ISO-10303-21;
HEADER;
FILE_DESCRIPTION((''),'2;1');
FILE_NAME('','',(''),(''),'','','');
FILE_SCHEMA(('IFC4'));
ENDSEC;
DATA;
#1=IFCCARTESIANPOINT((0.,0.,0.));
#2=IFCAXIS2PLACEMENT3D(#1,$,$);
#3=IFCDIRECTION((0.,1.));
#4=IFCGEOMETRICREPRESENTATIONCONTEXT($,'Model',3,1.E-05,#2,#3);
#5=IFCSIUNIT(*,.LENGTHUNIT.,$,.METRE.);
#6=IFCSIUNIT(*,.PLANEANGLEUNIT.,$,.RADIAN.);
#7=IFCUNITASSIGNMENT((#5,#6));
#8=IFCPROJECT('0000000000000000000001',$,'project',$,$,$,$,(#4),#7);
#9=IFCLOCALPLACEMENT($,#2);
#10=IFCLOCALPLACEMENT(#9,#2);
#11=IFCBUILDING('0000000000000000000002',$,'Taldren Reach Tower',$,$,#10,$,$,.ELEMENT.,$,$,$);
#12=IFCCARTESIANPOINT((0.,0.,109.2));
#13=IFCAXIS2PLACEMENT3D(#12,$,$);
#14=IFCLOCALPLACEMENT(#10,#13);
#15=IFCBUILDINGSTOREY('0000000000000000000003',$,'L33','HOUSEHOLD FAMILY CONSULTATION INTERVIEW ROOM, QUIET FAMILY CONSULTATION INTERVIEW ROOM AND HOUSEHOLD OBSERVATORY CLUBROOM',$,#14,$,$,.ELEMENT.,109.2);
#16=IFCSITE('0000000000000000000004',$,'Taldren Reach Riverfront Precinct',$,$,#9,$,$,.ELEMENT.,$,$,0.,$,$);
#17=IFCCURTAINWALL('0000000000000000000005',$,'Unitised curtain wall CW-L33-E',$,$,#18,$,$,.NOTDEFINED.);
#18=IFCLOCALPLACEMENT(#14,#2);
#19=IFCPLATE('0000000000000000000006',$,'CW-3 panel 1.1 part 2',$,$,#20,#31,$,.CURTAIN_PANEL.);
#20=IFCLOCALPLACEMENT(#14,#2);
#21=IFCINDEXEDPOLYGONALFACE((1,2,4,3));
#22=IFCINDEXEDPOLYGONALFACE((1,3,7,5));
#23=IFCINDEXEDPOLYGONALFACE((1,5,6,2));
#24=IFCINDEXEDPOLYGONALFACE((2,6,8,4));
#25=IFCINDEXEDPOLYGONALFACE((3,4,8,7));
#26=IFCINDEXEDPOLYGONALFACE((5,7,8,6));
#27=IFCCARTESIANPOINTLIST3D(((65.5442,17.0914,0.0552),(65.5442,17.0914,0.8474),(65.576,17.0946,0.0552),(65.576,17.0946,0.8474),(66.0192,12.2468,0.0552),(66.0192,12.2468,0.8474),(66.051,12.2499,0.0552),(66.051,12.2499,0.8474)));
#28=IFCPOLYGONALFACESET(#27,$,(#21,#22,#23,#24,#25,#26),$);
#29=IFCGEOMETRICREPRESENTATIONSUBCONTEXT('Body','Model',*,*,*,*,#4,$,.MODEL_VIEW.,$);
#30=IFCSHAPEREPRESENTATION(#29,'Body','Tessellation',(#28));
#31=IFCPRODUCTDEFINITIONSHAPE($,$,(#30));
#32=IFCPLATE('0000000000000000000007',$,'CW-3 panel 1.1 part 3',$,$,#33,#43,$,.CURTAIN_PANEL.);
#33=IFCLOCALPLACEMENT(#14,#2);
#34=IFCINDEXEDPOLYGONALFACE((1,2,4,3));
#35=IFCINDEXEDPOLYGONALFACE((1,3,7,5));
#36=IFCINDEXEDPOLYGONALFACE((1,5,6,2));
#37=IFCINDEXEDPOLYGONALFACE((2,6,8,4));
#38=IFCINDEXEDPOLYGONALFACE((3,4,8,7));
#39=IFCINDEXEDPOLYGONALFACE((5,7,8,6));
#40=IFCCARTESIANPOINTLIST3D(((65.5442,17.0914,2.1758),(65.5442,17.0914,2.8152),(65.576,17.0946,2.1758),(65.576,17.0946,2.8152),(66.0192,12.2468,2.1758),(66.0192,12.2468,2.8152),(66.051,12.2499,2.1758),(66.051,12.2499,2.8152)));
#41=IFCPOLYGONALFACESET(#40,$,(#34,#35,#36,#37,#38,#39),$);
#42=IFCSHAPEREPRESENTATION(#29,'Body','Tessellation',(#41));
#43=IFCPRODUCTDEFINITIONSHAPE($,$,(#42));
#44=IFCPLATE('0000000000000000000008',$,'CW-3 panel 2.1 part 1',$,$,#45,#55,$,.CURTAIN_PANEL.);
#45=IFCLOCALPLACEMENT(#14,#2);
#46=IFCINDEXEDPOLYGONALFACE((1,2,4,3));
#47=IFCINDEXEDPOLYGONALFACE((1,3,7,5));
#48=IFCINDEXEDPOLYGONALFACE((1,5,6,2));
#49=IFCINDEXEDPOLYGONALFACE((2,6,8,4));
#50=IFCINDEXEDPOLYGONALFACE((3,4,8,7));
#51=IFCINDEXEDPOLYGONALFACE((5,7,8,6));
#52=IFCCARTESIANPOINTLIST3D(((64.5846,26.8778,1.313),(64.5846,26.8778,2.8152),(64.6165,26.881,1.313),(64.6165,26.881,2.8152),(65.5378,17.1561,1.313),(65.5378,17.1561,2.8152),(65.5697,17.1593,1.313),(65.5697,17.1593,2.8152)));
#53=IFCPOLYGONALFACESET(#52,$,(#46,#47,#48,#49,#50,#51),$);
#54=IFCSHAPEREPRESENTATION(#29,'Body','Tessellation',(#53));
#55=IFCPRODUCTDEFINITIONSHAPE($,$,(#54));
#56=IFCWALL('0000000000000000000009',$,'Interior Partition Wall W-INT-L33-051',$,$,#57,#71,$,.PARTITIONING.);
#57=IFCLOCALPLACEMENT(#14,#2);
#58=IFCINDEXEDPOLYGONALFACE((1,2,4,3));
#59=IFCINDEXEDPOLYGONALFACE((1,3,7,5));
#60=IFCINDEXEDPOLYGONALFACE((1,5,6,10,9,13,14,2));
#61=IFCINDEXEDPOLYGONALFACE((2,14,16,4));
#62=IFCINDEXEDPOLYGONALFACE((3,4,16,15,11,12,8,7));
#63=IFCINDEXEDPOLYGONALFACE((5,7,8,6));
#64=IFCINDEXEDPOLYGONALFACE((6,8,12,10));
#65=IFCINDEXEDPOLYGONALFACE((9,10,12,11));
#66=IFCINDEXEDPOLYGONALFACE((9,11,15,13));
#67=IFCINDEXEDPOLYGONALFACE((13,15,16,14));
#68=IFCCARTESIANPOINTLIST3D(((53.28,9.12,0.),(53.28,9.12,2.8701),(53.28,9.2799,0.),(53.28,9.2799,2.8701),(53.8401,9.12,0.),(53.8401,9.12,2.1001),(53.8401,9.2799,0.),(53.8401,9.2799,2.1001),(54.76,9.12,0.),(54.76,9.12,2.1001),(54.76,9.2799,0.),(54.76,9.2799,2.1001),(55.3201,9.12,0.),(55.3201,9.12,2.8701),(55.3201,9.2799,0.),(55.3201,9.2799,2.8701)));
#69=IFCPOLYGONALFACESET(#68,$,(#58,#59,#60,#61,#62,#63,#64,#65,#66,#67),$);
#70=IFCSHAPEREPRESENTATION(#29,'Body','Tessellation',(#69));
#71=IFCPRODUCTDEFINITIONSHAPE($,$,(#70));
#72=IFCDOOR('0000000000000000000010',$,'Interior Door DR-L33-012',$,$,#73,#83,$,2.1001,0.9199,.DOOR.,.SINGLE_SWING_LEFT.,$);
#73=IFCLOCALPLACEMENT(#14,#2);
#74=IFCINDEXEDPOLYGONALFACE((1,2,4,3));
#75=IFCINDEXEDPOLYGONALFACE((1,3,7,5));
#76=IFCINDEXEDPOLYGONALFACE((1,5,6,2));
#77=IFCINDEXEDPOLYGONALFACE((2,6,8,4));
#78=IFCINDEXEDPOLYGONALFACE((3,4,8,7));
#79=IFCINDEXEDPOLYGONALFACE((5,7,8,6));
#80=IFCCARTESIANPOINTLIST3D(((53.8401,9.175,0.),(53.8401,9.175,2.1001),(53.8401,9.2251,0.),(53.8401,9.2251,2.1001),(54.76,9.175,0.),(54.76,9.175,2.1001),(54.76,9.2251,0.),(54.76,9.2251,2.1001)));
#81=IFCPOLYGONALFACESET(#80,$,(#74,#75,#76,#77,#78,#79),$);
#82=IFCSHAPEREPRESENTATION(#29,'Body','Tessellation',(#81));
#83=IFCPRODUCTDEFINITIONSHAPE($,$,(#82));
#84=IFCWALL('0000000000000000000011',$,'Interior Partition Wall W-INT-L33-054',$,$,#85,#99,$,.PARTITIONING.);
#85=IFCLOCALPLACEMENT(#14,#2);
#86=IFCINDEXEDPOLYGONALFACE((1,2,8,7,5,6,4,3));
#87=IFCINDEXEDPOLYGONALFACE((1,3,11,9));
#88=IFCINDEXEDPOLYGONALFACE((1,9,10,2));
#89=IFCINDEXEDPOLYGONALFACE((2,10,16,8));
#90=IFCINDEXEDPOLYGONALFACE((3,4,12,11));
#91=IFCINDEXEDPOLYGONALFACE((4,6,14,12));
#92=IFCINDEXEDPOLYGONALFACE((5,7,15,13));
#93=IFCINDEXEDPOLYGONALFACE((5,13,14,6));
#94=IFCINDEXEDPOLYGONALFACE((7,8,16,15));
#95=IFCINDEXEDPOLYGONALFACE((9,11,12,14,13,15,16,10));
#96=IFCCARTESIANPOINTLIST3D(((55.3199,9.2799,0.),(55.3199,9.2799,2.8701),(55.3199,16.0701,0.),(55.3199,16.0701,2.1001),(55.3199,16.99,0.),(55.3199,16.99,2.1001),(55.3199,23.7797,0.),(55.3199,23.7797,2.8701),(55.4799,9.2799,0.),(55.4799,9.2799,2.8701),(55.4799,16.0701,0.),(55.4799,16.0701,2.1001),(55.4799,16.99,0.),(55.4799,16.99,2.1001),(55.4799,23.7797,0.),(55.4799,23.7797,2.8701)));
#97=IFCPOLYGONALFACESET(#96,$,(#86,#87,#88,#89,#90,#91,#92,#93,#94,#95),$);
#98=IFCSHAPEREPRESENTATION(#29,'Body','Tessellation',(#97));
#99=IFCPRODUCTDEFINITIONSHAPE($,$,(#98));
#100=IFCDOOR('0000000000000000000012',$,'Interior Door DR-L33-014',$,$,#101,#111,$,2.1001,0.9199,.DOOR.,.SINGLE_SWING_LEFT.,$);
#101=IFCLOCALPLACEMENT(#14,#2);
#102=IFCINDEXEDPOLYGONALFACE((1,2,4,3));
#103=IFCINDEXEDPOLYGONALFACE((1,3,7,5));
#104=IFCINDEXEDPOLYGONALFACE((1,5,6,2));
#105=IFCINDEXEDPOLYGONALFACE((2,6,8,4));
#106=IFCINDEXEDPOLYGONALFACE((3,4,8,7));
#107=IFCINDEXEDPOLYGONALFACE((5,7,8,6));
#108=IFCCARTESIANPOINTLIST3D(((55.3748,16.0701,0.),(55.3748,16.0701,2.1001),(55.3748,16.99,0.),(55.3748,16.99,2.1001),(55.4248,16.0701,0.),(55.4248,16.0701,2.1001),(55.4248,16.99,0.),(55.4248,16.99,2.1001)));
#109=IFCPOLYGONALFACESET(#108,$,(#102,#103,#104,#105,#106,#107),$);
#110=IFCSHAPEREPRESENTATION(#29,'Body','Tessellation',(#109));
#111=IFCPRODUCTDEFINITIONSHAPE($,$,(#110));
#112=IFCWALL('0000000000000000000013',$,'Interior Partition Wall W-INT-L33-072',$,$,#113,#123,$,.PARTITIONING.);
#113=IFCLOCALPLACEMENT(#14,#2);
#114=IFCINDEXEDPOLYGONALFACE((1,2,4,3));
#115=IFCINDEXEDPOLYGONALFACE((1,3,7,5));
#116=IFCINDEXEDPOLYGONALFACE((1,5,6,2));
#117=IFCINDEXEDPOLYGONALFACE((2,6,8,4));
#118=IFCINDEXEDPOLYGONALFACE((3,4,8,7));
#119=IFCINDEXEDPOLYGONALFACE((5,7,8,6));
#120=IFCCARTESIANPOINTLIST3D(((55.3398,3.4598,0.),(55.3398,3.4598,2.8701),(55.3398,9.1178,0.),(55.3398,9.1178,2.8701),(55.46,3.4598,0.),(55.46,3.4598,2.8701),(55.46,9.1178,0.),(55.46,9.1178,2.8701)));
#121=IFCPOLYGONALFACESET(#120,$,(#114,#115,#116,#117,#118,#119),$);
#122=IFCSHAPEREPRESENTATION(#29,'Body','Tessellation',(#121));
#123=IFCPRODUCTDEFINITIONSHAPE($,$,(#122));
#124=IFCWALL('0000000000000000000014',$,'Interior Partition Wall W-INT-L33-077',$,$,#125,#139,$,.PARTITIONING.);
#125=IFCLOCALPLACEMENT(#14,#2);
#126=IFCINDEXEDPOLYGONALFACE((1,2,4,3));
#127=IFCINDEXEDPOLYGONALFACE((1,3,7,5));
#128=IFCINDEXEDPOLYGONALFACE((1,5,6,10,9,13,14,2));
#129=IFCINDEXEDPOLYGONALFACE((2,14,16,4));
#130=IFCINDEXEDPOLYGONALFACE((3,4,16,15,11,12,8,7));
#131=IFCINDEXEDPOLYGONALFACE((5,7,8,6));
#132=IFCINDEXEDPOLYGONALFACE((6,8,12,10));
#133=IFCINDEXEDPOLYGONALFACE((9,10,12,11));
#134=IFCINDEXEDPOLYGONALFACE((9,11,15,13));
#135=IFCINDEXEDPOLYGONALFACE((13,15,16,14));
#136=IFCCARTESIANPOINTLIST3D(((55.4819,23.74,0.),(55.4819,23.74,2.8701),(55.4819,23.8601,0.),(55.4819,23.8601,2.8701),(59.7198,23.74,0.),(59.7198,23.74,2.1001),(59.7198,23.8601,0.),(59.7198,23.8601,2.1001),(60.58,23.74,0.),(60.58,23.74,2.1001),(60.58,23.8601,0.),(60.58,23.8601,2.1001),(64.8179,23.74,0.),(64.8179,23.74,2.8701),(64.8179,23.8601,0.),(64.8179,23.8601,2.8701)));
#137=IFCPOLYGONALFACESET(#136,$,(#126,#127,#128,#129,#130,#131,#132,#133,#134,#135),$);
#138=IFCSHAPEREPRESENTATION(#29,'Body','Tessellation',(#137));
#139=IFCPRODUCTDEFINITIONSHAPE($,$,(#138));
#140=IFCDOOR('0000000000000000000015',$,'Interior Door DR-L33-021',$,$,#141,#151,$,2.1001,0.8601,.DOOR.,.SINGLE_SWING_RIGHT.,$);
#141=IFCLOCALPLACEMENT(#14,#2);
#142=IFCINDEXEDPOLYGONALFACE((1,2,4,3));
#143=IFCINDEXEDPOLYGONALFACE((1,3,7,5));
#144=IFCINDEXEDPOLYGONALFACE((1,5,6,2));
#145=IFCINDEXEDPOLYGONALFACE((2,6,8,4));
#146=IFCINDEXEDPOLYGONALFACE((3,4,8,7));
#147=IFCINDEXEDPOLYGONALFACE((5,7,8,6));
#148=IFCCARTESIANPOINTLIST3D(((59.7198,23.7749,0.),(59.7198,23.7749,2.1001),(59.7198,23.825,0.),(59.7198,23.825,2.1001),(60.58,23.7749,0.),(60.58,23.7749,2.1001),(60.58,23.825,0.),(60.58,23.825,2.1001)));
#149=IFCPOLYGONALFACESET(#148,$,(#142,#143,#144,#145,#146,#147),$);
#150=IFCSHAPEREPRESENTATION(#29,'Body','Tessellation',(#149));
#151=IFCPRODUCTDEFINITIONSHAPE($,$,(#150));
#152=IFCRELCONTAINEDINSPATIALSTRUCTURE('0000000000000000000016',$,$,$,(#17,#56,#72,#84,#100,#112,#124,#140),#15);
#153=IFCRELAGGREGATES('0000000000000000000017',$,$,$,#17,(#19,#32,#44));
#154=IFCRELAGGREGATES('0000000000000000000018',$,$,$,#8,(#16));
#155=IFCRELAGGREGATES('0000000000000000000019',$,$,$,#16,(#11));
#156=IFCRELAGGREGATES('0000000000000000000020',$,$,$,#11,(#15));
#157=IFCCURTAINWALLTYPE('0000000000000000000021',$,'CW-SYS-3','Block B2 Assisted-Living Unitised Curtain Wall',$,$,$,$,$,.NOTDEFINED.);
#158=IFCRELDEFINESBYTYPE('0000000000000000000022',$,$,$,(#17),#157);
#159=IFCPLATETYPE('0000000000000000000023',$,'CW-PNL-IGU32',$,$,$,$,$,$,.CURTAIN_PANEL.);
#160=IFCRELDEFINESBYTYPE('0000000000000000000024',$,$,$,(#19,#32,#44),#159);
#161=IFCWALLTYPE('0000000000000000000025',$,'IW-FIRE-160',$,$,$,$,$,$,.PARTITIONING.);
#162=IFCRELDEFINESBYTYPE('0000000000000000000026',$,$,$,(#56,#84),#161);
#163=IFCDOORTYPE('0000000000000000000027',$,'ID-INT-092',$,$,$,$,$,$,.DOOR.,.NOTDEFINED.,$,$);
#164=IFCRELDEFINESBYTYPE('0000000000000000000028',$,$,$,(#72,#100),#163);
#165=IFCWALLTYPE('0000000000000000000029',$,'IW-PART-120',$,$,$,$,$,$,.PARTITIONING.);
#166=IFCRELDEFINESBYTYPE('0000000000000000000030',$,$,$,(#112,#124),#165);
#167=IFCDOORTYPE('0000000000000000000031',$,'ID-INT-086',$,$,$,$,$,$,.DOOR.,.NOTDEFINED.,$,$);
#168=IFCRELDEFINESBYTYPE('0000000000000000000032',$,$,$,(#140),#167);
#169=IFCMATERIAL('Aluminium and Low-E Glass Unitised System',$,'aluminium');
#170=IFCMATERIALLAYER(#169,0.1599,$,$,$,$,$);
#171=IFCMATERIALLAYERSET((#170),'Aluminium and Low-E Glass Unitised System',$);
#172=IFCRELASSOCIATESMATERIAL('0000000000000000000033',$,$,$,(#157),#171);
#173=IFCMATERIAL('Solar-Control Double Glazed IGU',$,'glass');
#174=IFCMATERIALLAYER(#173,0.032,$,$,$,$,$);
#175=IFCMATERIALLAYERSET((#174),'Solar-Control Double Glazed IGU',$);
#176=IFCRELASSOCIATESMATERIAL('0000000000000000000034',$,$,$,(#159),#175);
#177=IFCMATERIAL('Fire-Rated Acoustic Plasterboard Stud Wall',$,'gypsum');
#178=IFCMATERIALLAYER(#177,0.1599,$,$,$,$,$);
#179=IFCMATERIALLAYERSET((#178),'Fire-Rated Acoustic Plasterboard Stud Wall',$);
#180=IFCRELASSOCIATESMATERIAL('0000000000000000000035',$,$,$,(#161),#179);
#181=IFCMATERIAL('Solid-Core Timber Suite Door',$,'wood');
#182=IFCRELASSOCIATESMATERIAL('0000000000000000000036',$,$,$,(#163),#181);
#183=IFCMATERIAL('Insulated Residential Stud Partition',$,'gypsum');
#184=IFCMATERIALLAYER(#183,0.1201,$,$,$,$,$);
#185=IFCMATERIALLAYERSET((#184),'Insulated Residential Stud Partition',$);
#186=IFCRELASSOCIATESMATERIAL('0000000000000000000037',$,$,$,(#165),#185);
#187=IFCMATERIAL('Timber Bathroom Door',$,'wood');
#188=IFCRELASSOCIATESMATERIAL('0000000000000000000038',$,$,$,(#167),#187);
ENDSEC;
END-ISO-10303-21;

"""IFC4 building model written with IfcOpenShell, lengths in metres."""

from ifc_helpers import new_model, si_unit, direction, frame, frame_2d, origin, origin_2d, place, context, subcontext, project, spatial, rectangle, extrude, source, transform, mapped, material, layer, layer_set, type_object, element, fill, aggregate, save


model = new_model("IFC4")

# Units and contexts
model_context = context("Model", 3, precision=1e-05, world=origin(), true_north=direction((0.0, 1.0)))
body_context = subcontext(model_context, "Body", "Model", "MODEL_VIEW")
ifc_project = project(units=[si_unit("LENGTHUNIT", "METRE"), si_unit("PLANEANGLEUNIT", "RADIAN")], contexts=[model_context])

# Site, building, storey
site_placement = place(None, origin())
site = spatial("IfcSite", under=ifc_project, at=site_placement, Name="Taldren Reach Riverfront Precinct", CompositionType="ELEMENT", RefElevation=0.0)
building_placement = place(site_placement, origin())
building = spatial("IfcBuilding", under=site, at=building_placement, Name="Taldren Reach Tower", CompositionType="ELEMENT")
storey_placement = place(building_placement, frame((0.0, 0.0, 109.2)))
storey = spatial("IfcBuildingStorey", under=building, at=storey_placement, Name="L33", Description="HOUSEHOLD FAMILY CONSULTATION INTERVIEW ROOM, QUIET FAMILY CONSULTATION INTERVIEW ROOM AND HOUSEHOLD OBSERVATORY CLUBROOM", CompositionType="ELEMENT", Elevation=109.2)

# Curtain wall
ifc_material_1 = material(Name="Aluminium and Low-E Glass Unitised System", Category="aluminium")
ifc_layer_1 = layer(ifc_material_1, 0.1599)
ifc_layer_set_1 = layer_set([ifc_layer_1], Name="Aluminium and Low-E Glass Unitised System")
curtain_wall_type = type_object("IfcCurtainWallType", Name="CW-SYS-3", Description="Block B2 Assisted-Living Unitised Curtain Wall", PredefinedType="NOTDEFINED", material=ifc_layer_set_1)
curtain_wall_placement = place(storey_placement, origin())
curtain_wall = element("IfcCurtainWall", 1, at=curtain_wall_placement, inside=storey, type_object=curtain_wall_type, Name="Unitised curtain wall CW-L33-E", PredefinedType="NOTDEFINED")

# Plates
ifc_material_2 = material(Name="Solar-Control Double Glazed IGU", Category="glass")
ifc_layer_2 = layer(ifc_material_2, 0.032)
ifc_layer_set_2 = layer_set([ifc_layer_2], Name="Solar-Control Double Glazed IGU")
plate_type_1 = type_object("IfcPlateType", Name="CW-PNL-IGU32", PredefinedType="CURTAIN_PANEL", material=ifc_layer_set_2)
shared_shape_1 = source(origin(), body_context, "Body", "SweptSolid", [
    extrude(rectangle(XDim=4.8679, YDim=0.032, at=origin_2d()), origin(), (0.0, 0.0, 1.0), 0.7922),
])
plate_1_placement = place(storey_placement, frame((65.7976, 14.6707, 0.0552), z_axis=(0.0, 0.0, 1.0), x_axis=(-0.097583, 0.995227, 0.0)))
plate_1 = element("IfcPlate", 2, at=plate_1_placement, type_object=plate_type_1, Name="CW-3 panel 1.1 part 2", PredefinedType="CURTAIN_PANEL", context=body_context, shape_type="MappedRepresentation", body=[
    mapped(shared_shape_1, transform((0.0, 0.0, 0.0), scale=1.0)),
])
shared_shape_2 = source(origin(), body_context, "Body", "SweptSolid", [
    extrude(rectangle(XDim=4.8679, YDim=0.032, at=origin_2d()), origin(), (0.0, 0.0, 1.0), 0.6394),
])
plate_2_placement = place(storey_placement, frame((65.7976, 14.6707, 2.1758), z_axis=(0.0, 0.0, 1.0), x_axis=(-0.097583, 0.995227, 0.0)))
plate_2 = element("IfcPlate", 3, at=plate_2_placement, type_object=plate_type_1, Name="CW-3 panel 1.1 part 3", PredefinedType="CURTAIN_PANEL", context=body_context, shape_type="MappedRepresentation", body=[
    mapped(shared_shape_2, transform((0.0, 0.0, 0.0), scale=1.0)),
])
shared_shape_3 = source(origin(), body_context, "Body", "SweptSolid", [
    extrude(rectangle(XDim=9.7683, YDim=0.032, at=origin_2d()), origin(), (0.0, 0.0, 1.0), 1.5022),
])
plate_3_placement = place(storey_placement, frame((65.0771, 22.0186, 1.313), z_axis=(0.0, 0.0, 1.0), x_axis=(-0.097583, 0.995227, 0.0)))
plate_3 = element("IfcPlate", 4, at=plate_3_placement, type_object=plate_type_1, Name="CW-3 panel 2.1 part 1", PredefinedType="CURTAIN_PANEL", context=body_context, shape_type="MappedRepresentation", body=[
    mapped(shared_shape_3, transform((0.0, 0.0, 0.0), scale=1.0)),
])
aggregate(curtain_wall, [plate_1, plate_2, plate_3])

# Walls, openings, doors
ifc_material_3 = material(Name="Fire-Rated Acoustic Plasterboard Stud Wall", Category="gypsum")
ifc_layer_3 = layer(ifc_material_3, 0.1599)
ifc_layer_set_3 = layer_set([ifc_layer_3], Name="Fire-Rated Acoustic Plasterboard Stud Wall")
wall_type_1 = type_object("IfcWallType", Name="IW-FIRE-160", PredefinedType="PARTITIONING", material=ifc_layer_set_3)
shared_shape_4 = source(origin(), body_context, "Body", "SweptSolid", [
    extrude(rectangle(XDim=2.04, YDim=0.1599, at=frame_2d((1.02, 0.0))), origin(), (0.0, 0.0, 1.0), 2.8701),
])
wall_1_placement = place(storey_placement, frame((55.3201, 9.2, 0.0), z_axis=(0.0, 0.0, 1.0), x_axis=(-1.0, 0.0, 0.0)))
wall_1 = element("IfcWall", 5, at=wall_1_placement, inside=storey, type_object=wall_type_1, Name="Interior Partition Wall W-INT-L33-051", PredefinedType="PARTITIONING", context=body_context, shape_type="MappedRepresentation", body=[
    mapped(shared_shape_4, transform((0.0, 0.0, 0.0), scale=1.0)),
])
shared_shape_5 = source(origin(), body_context, "Body", "SweptSolid", [
    extrude(rectangle(XDim=0.9199, YDim=2.1001, at=frame_2d((0.46, 1.05))), frame((0.0, 0.0898, 0.0), z_axis=(0.0, -1.0, 0.0), x_axis=(1.0, 0.0, 0.0)), (0.0, 0.0, 1.0), 0.1799),
])
opening_1_placement = place(wall_1_placement, frame((0.5601, 0.0, 0.0)))
opening_1 = element("IfcOpeningElement", 6, at=opening_1_placement, cuts=wall_1, PredefinedType="OPENING", context=body_context, shape_type="MappedRepresentation", body=[
    mapped(shared_shape_5, transform((0.0, 0.0, 0.0), scale=1.0)),
])
ifc_material_4 = material(Name="Solid-Core Timber Suite Door", Category="wood")
door_type_1 = type_object("IfcDoorType", Name="ID-INT-092", OperationType="NOTDEFINED", PredefinedType="DOOR", material=ifc_material_4)
shared_shape_6 = source(origin(), body_context, "Body", "SweptSolid", [
    extrude(rectangle(XDim=0.9199, YDim=2.1001, at=frame_2d((0.46, 1.05))), frame((0.0, 0.0249, 0.0), z_axis=(0.0, -1.0, 0.0), x_axis=(1.0, 0.0, 0.0)), (0.0, 0.0, 1.0), 0.05),
])
door_1_placement = place(opening_1_placement, origin())
door_1 = element("IfcDoor", 7, at=door_1_placement, inside=storey, type_object=door_type_1, Name="Interior Door DR-L33-012", OperationType="SINGLE_SWING_LEFT", OverallHeight=2.1001, OverallWidth=0.9199, PredefinedType="DOOR", context=body_context, shape_type="MappedRepresentation", body=[
    mapped(shared_shape_6, transform((0.0, 0.0, 0.0), scale=1.0)),
])
fill(opening_1, door_1)
shared_shape_7 = source(origin(), body_context, "Body", "SweptSolid", [
    extrude(rectangle(XDim=14.4998, YDim=0.1599, at=frame_2d((7.25, 0.0))), origin(), (0.0, 0.0, 1.0), 2.8701),
])
wall_2_placement = place(storey_placement, frame((55.3999, 23.7798, 0.0), z_axis=(0.0, 0.0, 1.0), x_axis=(0.0, -1.0, 0.0)))
wall_2 = element("IfcWall", 8, at=wall_2_placement, inside=storey, type_object=wall_type_1, Name="Interior Partition Wall W-INT-L33-054", PredefinedType="PARTITIONING", context=body_context, shape_type="MappedRepresentation", body=[
    mapped(shared_shape_7, transform((0.0, 0.0, 0.0), scale=1.0)),
])
opening_2_placement = place(wall_2_placement, frame((6.7898, 0.0, 0.0)))
opening_2 = element("IfcOpeningElement", 9, at=opening_2_placement, cuts=wall_2, PredefinedType="OPENING", context=body_context, shape_type="MappedRepresentation", body=[
    mapped(shared_shape_5, transform((0.0, 0.0, 0.0), scale=1.0)),
])
door_2_placement = place(opening_2_placement, origin())
door_2 = element("IfcDoor", 10, at=door_2_placement, inside=storey, type_object=door_type_1, Name="Interior Door DR-L33-014", OperationType="SINGLE_SWING_LEFT", OverallHeight=2.1001, OverallWidth=0.9199, PredefinedType="DOOR", context=body_context, shape_type="MappedRepresentation", body=[
    mapped(shared_shape_6, transform((0.0, 0.0, 0.0), scale=1.0)),
])
fill(opening_2, door_2)

# Wall
ifc_material_5 = material(Name="Insulated Residential Stud Partition", Category="gypsum")
ifc_layer_4 = layer(ifc_material_5, 0.1201)
ifc_layer_set_4 = layer_set([ifc_layer_4], Name="Insulated Residential Stud Partition")
wall_type_2 = type_object("IfcWallType", Name="IW-PART-120", PredefinedType="PARTITIONING", material=ifc_layer_set_4)
shared_shape_8 = source(origin(), body_context, "Body", "SweptSolid", [
    extrude(rectangle(XDim=5.658, YDim=0.1201, at=frame_2d((2.8291, 0.0))), origin(), (0.0, 0.0, 1.0), 2.8701),
])
wall_3_placement = place(storey_placement, frame((55.3999, 9.1179, 0.0), z_axis=(0.0, 0.0, 1.0), x_axis=(0.0, -1.0, 0.0)))
element("IfcWall", 11, at=wall_3_placement, inside=storey, type_object=wall_type_2, Name="Interior Partition Wall W-INT-L33-072", PredefinedType="PARTITIONING", context=body_context, shape_type="MappedRepresentation", body=[
    mapped(shared_shape_8, transform((0.0, 0.0, 0.0), scale=1.0)),
])

# Wall, opening, door
shared_shape_9 = source(origin(), body_context, "Body", "SweptSolid", [
    extrude(rectangle(XDim=9.3359, YDim=0.1201, at=frame_2d((4.668, 0.0))), origin(), (0.0, 0.0, 1.0), 2.8701),
])
wall_4_placement = place(storey_placement, frame((55.4819, 23.8, 0.0), z_axis=(0.0, 0.0, 1.0), x_axis=(1.0, 0.0, 0.0)))
wall_4 = element("IfcWall", 12, at=wall_4_placement, inside=storey, type_object=wall_type_2, Name="Interior Partition Wall W-INT-L33-077", PredefinedType="PARTITIONING", context=body_context, shape_type="MappedRepresentation", body=[
    mapped(shared_shape_9, transform((0.0, 0.0, 0.0), scale=1.0)),
])
shared_shape_10 = source(origin(), body_context, "Body", "SweptSolid", [
    extrude(rectangle(XDim=0.8601, YDim=2.1001, at=frame_2d((0.4302, 1.05))), frame((0.0, 0.0701, 0.0), z_axis=(0.0, -1.0, 0.0), x_axis=(1.0, 0.0, 0.0)), (0.0, 0.0, 1.0), 0.1401),
])
opening_3_placement = place(wall_4_placement, frame((4.2378, 0.0, 0.0)))
opening_3 = element("IfcOpeningElement", 13, at=opening_3_placement, cuts=wall_4, PredefinedType="OPENING", context=body_context, shape_type="MappedRepresentation", body=[
    mapped(shared_shape_10, transform((0.0, 0.0, 0.0), scale=1.0)),
])
ifc_material_6 = material(Name="Timber Bathroom Door", Category="wood")
door_type_2 = type_object("IfcDoorType", Name="ID-INT-086", OperationType="NOTDEFINED", PredefinedType="DOOR", material=ifc_material_6)
shared_shape_11 = source(origin(), body_context, "Body", "SweptSolid", [
    extrude(rectangle(XDim=0.8601, YDim=2.1001, at=frame_2d((0.4302, 1.05))), frame((0.0, 0.0249, 0.0), z_axis=(0.0, -1.0, 0.0), x_axis=(1.0, 0.0, 0.0)), (0.0, 0.0, 1.0), 0.05),
])
door_3_placement = place(opening_3_placement, origin())
door_3 = element("IfcDoor", 14, at=door_3_placement, inside=storey, type_object=door_type_2, Name="Interior Door DR-L33-021", OperationType="SINGLE_SWING_RIGHT", OverallHeight=2.1001, OverallWidth=0.8601, PredefinedType="DOOR", context=body_context, shape_type="MappedRepresentation", body=[
    mapped(shared_shape_11, transform((0.0, 0.0, 0.0), scale=1.0)),
])
fill(opening_3, door_3)

save(model, "model.ifc")
